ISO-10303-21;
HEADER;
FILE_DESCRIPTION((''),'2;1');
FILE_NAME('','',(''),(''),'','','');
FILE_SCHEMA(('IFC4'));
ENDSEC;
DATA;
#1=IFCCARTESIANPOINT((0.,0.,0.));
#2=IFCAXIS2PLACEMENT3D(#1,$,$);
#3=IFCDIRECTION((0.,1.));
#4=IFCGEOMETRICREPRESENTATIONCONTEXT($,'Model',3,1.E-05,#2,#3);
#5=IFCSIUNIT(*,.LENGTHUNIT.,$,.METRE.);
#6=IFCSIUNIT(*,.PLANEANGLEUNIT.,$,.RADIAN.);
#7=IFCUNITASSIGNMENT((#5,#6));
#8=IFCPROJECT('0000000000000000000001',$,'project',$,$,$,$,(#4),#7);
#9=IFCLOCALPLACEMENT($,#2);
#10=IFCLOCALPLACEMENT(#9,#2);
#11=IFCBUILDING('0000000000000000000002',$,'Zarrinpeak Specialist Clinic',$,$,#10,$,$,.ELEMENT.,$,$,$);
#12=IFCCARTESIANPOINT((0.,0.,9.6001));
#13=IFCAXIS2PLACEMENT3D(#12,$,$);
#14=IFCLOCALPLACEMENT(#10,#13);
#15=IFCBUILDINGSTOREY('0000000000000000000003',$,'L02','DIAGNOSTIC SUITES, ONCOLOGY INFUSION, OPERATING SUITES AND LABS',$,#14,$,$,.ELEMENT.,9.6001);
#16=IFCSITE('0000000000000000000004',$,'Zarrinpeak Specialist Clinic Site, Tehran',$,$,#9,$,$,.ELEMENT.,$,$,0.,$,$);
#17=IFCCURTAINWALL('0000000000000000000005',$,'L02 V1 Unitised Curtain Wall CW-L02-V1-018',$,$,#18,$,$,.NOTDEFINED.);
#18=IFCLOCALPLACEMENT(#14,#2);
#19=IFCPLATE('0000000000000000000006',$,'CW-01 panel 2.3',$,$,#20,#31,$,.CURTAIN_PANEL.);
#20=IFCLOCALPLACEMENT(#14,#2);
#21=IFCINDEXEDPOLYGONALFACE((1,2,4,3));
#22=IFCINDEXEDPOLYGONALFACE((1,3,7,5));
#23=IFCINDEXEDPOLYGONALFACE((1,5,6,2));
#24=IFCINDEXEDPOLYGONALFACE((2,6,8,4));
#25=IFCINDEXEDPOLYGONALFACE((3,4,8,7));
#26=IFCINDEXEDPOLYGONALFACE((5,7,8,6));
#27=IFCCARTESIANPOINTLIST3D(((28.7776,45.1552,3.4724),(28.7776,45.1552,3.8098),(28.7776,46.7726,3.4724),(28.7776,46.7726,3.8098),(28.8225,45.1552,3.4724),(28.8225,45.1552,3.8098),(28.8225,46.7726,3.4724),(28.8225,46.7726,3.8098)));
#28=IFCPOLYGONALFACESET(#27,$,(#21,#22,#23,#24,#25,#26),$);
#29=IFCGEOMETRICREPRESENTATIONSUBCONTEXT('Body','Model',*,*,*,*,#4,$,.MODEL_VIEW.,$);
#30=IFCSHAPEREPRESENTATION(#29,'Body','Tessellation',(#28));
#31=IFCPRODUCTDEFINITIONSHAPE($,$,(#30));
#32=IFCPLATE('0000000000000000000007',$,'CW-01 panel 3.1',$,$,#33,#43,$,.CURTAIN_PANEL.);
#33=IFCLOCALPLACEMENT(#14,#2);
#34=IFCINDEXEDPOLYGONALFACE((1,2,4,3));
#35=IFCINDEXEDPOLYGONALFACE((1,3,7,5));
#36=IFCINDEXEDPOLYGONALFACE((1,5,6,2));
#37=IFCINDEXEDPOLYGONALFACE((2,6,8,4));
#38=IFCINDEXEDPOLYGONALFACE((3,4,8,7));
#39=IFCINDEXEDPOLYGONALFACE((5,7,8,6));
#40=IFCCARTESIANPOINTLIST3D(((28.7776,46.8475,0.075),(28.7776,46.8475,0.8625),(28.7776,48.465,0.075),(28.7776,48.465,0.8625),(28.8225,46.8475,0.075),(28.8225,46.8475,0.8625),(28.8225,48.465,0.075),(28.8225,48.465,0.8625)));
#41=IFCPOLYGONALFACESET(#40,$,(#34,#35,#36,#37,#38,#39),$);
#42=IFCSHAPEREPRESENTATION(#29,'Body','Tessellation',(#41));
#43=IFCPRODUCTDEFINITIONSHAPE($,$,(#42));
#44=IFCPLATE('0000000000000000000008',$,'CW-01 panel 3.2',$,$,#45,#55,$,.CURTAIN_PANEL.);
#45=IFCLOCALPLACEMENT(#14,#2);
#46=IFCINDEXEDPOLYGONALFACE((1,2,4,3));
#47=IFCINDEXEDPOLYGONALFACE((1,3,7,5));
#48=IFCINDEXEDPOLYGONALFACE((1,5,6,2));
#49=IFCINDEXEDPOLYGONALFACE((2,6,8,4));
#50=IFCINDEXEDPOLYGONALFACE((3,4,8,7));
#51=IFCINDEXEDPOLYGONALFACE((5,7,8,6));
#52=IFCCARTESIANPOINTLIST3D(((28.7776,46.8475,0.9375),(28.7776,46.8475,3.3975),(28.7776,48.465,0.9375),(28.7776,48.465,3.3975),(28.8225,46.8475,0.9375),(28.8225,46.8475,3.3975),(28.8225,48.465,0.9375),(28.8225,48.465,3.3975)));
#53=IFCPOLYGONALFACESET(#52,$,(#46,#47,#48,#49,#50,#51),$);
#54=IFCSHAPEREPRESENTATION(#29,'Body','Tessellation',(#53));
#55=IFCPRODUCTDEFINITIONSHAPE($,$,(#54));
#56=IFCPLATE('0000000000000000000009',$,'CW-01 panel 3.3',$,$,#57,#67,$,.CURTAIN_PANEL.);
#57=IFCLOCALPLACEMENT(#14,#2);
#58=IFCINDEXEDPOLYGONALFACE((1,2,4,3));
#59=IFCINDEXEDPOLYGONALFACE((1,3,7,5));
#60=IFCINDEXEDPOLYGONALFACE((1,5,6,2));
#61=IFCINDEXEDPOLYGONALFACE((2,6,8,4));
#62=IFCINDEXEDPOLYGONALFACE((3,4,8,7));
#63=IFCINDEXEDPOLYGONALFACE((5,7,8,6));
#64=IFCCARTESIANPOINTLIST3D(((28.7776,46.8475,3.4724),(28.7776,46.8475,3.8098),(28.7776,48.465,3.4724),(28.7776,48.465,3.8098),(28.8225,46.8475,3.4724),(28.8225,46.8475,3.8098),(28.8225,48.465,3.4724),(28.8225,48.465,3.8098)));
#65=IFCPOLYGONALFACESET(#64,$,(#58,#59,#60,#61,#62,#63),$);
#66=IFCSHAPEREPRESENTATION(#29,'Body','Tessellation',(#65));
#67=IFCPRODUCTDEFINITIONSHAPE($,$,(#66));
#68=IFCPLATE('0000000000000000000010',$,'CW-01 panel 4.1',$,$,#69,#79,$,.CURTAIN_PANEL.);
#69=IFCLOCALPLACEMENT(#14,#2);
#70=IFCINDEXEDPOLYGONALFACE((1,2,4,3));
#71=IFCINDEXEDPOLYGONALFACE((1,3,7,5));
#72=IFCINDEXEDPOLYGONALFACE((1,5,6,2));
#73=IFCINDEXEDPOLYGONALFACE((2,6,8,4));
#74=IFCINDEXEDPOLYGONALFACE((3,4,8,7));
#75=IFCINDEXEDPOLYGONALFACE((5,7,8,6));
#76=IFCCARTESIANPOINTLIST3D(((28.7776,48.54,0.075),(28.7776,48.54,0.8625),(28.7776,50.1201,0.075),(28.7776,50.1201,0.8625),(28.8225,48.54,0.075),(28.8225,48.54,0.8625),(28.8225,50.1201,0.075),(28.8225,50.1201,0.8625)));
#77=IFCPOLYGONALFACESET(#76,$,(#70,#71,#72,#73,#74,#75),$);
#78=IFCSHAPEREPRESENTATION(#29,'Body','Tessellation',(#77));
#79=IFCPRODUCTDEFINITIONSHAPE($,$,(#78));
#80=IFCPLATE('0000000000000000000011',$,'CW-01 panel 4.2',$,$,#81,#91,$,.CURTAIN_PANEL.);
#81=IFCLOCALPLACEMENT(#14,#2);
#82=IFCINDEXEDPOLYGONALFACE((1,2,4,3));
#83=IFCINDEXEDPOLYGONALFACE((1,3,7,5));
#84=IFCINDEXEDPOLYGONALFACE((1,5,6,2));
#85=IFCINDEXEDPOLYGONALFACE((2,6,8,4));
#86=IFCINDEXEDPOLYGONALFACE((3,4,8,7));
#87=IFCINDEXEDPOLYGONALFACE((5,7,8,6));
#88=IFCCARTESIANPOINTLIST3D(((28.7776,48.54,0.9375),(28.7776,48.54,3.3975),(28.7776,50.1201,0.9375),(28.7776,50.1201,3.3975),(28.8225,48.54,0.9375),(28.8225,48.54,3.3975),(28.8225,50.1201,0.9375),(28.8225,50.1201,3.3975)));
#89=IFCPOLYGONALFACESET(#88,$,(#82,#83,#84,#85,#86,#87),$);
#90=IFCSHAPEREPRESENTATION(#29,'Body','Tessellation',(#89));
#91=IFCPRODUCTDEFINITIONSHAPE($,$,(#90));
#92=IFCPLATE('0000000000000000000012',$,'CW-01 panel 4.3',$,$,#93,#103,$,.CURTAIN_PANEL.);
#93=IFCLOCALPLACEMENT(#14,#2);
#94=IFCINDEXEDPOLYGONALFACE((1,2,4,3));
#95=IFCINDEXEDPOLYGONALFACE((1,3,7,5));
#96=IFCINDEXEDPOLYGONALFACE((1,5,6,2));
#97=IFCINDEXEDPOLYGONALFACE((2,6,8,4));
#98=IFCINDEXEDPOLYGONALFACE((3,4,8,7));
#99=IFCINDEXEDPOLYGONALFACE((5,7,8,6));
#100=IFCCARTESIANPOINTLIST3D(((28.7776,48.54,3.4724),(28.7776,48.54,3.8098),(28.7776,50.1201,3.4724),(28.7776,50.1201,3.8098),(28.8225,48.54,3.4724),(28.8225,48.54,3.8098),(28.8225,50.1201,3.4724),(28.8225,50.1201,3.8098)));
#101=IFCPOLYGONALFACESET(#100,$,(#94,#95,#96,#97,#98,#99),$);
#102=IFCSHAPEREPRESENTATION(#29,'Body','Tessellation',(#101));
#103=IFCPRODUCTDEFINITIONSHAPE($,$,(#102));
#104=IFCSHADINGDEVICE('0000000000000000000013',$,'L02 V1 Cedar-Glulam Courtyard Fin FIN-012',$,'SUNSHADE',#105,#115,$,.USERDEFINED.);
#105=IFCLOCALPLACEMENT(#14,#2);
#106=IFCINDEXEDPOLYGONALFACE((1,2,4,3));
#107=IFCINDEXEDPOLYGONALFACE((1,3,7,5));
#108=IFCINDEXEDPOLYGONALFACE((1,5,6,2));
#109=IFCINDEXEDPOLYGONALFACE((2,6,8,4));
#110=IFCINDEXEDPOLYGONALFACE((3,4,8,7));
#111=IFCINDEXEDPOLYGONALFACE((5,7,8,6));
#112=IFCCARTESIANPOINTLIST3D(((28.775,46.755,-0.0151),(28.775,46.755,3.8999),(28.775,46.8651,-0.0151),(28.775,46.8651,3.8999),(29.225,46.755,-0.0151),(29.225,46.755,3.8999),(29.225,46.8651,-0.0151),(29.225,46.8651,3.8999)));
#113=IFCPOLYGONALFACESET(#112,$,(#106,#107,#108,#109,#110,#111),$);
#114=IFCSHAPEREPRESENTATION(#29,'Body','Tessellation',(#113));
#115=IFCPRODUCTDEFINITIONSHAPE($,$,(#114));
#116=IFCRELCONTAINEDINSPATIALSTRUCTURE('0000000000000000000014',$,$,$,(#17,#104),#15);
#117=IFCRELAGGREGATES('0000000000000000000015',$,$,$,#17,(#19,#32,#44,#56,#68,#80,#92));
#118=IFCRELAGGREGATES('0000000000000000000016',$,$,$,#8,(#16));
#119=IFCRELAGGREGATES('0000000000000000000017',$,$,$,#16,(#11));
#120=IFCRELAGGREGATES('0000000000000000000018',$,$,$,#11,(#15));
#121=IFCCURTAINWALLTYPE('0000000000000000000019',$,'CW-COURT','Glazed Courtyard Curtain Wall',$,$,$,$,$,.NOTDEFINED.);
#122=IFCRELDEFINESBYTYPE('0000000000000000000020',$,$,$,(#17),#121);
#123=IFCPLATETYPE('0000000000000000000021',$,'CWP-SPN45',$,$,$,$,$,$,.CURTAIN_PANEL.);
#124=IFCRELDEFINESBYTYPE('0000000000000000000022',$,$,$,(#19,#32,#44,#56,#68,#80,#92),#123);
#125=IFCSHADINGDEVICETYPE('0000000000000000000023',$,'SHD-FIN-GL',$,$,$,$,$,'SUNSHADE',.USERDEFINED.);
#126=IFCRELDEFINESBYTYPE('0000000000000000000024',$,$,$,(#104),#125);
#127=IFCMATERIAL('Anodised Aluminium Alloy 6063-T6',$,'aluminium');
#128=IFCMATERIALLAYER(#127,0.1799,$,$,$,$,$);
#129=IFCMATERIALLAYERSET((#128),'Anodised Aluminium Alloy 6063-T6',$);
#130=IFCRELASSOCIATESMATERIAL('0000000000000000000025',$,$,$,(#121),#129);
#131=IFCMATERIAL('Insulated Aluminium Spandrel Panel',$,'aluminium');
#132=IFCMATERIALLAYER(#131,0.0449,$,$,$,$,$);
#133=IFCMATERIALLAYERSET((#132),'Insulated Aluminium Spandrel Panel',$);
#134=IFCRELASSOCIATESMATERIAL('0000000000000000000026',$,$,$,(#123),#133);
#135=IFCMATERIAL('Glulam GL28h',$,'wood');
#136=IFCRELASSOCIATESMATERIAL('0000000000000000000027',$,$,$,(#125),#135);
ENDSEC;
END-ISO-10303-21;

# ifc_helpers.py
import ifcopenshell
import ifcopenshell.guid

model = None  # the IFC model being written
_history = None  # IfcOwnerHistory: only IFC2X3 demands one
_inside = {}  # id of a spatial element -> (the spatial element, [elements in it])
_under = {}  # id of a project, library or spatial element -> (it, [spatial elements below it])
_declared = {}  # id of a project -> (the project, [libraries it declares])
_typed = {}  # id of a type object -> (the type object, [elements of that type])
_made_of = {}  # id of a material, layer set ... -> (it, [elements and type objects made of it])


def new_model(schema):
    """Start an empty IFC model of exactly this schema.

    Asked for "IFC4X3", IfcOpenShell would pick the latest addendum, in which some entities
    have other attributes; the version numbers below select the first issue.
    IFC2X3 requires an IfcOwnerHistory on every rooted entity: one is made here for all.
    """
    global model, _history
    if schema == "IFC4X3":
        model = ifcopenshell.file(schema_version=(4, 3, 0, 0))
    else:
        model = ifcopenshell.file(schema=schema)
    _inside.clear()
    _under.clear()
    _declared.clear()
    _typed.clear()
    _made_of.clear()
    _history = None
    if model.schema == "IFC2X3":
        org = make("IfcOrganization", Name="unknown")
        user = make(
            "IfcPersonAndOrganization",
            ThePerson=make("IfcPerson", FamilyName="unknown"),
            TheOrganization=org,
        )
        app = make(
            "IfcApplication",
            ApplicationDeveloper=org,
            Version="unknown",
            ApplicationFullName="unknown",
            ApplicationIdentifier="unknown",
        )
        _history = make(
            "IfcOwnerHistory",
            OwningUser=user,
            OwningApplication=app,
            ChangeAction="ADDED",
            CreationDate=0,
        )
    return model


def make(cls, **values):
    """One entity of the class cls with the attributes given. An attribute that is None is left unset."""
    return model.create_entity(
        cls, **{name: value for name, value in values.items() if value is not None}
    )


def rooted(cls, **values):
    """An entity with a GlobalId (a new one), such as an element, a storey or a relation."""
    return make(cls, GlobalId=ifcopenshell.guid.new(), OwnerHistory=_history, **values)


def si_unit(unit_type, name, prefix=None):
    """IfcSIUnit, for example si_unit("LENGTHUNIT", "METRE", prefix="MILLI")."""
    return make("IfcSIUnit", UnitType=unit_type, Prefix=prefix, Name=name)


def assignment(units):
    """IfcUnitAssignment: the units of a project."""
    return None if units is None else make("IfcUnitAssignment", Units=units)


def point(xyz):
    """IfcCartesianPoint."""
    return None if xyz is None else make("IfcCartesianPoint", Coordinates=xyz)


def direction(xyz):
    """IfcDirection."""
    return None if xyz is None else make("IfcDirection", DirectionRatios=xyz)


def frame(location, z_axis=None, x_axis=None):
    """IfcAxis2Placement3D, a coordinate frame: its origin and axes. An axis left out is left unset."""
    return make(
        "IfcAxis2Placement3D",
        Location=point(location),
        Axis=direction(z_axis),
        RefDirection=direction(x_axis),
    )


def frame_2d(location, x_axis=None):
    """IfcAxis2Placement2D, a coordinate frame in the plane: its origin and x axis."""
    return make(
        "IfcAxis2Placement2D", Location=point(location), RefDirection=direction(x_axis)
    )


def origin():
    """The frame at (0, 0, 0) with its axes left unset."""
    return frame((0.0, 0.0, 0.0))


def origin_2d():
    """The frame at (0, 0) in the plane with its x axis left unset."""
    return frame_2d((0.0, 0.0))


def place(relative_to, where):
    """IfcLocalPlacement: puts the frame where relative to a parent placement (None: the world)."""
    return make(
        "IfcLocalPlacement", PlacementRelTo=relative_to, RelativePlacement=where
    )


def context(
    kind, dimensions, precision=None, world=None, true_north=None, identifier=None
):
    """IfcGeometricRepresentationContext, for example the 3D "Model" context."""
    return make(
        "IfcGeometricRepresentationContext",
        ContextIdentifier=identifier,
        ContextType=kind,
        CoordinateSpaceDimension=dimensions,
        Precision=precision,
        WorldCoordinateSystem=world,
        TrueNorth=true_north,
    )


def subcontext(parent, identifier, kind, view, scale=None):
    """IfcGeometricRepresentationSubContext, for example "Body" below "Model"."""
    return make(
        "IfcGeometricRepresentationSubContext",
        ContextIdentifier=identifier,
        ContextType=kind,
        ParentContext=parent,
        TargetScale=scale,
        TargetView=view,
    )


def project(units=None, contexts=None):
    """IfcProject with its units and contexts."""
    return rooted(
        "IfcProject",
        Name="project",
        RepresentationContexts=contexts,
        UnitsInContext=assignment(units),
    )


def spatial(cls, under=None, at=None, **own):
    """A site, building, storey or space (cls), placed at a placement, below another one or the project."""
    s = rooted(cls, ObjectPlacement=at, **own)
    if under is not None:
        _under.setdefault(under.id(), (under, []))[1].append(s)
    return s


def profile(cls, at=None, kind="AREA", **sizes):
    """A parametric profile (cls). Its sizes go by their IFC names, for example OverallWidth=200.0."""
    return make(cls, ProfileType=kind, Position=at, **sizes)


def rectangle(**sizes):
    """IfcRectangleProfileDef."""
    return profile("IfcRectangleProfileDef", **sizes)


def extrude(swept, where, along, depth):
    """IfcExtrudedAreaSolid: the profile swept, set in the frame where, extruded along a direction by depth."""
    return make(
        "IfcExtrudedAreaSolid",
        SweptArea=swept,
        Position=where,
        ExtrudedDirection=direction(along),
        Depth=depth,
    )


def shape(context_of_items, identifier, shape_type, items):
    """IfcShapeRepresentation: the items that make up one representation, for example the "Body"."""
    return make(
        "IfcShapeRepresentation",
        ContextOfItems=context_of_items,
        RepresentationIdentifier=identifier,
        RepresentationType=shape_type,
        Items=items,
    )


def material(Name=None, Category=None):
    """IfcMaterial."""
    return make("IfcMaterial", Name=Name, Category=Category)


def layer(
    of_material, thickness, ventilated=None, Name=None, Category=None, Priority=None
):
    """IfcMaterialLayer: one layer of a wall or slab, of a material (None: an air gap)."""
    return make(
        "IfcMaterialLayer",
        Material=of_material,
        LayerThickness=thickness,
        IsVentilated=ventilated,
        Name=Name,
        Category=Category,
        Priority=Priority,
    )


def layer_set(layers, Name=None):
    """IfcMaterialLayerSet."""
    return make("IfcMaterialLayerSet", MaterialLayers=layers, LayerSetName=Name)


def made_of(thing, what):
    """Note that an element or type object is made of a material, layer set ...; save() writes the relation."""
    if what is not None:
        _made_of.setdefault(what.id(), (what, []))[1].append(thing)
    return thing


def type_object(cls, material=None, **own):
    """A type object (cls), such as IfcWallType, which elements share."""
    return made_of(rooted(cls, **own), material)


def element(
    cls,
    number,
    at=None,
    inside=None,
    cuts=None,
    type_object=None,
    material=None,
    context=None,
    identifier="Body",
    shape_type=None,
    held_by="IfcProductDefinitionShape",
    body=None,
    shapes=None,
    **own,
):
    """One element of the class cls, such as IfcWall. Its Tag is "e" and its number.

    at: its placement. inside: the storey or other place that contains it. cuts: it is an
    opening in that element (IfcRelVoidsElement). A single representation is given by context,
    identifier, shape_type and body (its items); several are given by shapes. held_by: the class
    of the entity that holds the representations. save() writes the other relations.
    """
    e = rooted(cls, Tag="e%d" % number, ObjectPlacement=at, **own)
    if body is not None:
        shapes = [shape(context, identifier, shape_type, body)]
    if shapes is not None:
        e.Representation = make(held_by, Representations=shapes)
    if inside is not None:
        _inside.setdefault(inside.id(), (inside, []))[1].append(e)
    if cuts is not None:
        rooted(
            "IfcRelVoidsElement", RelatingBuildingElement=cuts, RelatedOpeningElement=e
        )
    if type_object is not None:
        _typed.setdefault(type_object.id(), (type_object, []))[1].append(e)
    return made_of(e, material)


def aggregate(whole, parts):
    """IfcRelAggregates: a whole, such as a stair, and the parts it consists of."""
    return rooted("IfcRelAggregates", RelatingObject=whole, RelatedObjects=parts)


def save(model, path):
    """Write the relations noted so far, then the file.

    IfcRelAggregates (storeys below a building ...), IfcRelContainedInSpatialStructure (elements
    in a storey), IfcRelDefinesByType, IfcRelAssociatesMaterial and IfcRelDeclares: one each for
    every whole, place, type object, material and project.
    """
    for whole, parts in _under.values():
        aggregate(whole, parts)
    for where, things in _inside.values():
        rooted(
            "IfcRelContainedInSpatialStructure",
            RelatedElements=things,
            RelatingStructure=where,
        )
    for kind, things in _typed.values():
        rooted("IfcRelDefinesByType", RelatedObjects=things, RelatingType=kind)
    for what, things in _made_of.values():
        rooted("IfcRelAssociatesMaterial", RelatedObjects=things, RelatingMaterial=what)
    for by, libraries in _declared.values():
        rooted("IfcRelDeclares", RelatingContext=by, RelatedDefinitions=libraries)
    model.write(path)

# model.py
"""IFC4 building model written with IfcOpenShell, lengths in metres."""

from ifc_helpers import new_model, si_unit, direction, frame, origin, origin_2d, place, context, subcontext, project, spatial, rectangle, extrude, material, layer, layer_set, type_object, element, aggregate, save


model = new_model("IFC4")

# Units and contexts
model_context = context("Model", 3, precision=1e-05, world=origin(), true_north=direction((0.0, 1.0)))
body_context = subcontext(model_context, "Body", "Model", "MODEL_VIEW")
ifc_project = project(units=[si_unit("LENGTHUNIT", "METRE"), si_unit("PLANEANGLEUNIT", "RADIAN")], contexts=[model_context])

# Site, building, storey
site_placement = place(None, origin())
site = spatial("IfcSite", under=ifc_project, at=site_placement, Name="Zarrinpeak Specialist Clinic Site, Tehran", CompositionType="ELEMENT", RefElevation=0.0)
building_placement = place(site_placement, origin())
building = spatial("IfcBuilding", under=site, at=building_placement, Name="Zarrinpeak Specialist Clinic", CompositionType="ELEMENT")
storey_placement = place(building_placement, frame((0.0, 0.0, 9.6001)))
storey = spatial("IfcBuildingStorey", under=building, at=storey_placement, Name="L02", Description="DIAGNOSTIC SUITES, ONCOLOGY INFUSION, OPERATING SUITES AND LABS", CompositionType="ELEMENT", Elevation=9.6001)

# Curtain wall, plates
ifc_material_1 = material(Name="Anodised Aluminium Alloy 6063-T6", Category="aluminium")
ifc_layer_1 = layer(ifc_material_1, 0.1799)
ifc_layer_set_1 = layer_set([ifc_layer_1], Name="Anodised Aluminium Alloy 6063-T6")
curtain_wall_type = type_object("IfcCurtainWallType", Name="CW-COURT", Description="Glazed Courtyard Curtain Wall", PredefinedType="NOTDEFINED", material=ifc_layer_set_1)
curtain_wall_placement = place(storey_placement, origin())
curtain_wall = element("IfcCurtainWall", 1, at=curtain_wall_placement, inside=storey, type_object=curtain_wall_type, Name="L02 V1 Unitised Curtain Wall CW-L02-V1-018", PredefinedType="NOTDEFINED")
ifc_material_2 = material(Name="Insulated Aluminium Spandrel Panel", Category="aluminium")
ifc_layer_2 = layer(ifc_material_2, 0.0449)
ifc_layer_set_2 = layer_set([ifc_layer_2], Name="Insulated Aluminium Spandrel Panel")
plate_type = type_object("IfcPlateType", Name="CWP-SPN45", PredefinedType="CURTAIN_PANEL", material=ifc_layer_set_2)
plate_1_placement = place(storey_placement, frame((28.8, 45.9639, 3.4724), z_axis=(0.0, 0.0, 1.0), x_axis=(0.0, 1.0, 0.0)))
plate_1 = element("IfcPlate", 2, at=plate_1_placement, type_object=plate_type, Name="CW-01 panel 2.3", PredefinedType="CURTAIN_PANEL", context=body_context, shape_type="SweptSolid", body=[
    extrude(rectangle(XDim=1.6174, YDim=0.0449, at=origin_2d()), origin(), (0.0, 0.0, 1.0), 0.3374),
])
plate_2_placement = place(storey_placement, frame((28.8, 47.6562, 0.075), z_axis=(0.0, 0.0, 1.0), x_axis=(0.0, 1.0, 0.0)))
plate_2 = element("IfcPlate", 3, at=plate_2_placement, type_object=plate_type, Name="CW-01 panel 3.1", PredefinedType="CURTAIN_PANEL", context=body_context, shape_type="SweptSolid", body=[
    extrude(rectangle(XDim=1.6174, YDim=0.0449, at=origin_2d()), origin(), (0.0, 0.0, 1.0), 0.7876),
])
plate_3_placement = place(storey_placement, frame((28.8, 47.6562, 0.9375), z_axis=(0.0, 0.0, 1.0), x_axis=(0.0, 1.0, 0.0)))
plate_3 = element("IfcPlate", 4, at=plate_3_placement, type_object=plate_type, Name="CW-01 panel 3.2", PredefinedType="CURTAIN_PANEL", context=body_context, shape_type="SweptSolid", body=[
    extrude(rectangle(XDim=1.6174, YDim=0.0449, at=origin_2d()), origin(), (0.0, 0.0, 1.0), 2.46),
])
plate_4_placement = place(storey_placement, frame((28.8, 47.6562, 3.4724), z_axis=(0.0, 0.0, 1.0), x_axis=(0.0, 1.0, 0.0)))
plate_4 = element("IfcPlate", 5, at=plate_4_placement, type_object=plate_type, Name="CW-01 panel 3.3", PredefinedType="CURTAIN_PANEL", context=body_context, shape_type="SweptSolid", body=[
    extrude(rectangle(XDim=1.6174, YDim=0.0449, at=origin_2d()), origin(), (0.0, 0.0, 1.0), 0.3374),
])
plate_5_placement = place(storey_placement, frame((28.8, 49.3301, 0.075), z_axis=(0.0, 0.0, 1.0), x_axis=(0.0, 1.0, 0.0)))
plate_5 = element("IfcPlate", 6, at=plate_5_placement, type_object=plate_type, Name="CW-01 panel 4.1", PredefinedType="CURTAIN_PANEL", context=body_context, shape_type="SweptSolid", body=[
    extrude(rectangle(XDim=1.5801, YDim=0.0449, at=origin_2d()), origin(), (0.0, 0.0, 1.0), 0.7876),
])
plate_6_placement = place(storey_placement, frame((28.8, 49.3301, 0.9375), z_axis=(0.0, 0.0, 1.0), x_axis=(0.0, 1.0, 0.0)))
plate_6 = element("IfcPlate", 7, at=plate_6_placement, type_object=plate_type, Name="CW-01 panel 4.2", PredefinedType="CURTAIN_PANEL", context=body_context, shape_type="SweptSolid", body=[
    extrude(rectangle(XDim=1.5801, YDim=0.0449, at=origin_2d()), origin(), (0.0, 0.0, 1.0), 2.46),
])
plate_7_placement = place(storey_placement, frame((28.8, 49.3301, 3.4724), z_axis=(0.0, 0.0, 1.0), x_axis=(0.0, 1.0, 0.0)))
plate_7 = element("IfcPlate", 8, at=plate_7_placement, type_object=plate_type, Name="CW-01 panel 4.3", PredefinedType="CURTAIN_PANEL", context=body_context, shape_type="SweptSolid", body=[
    extrude(rectangle(XDim=1.5801, YDim=0.0449, at=origin_2d()), origin(), (0.0, 0.0, 1.0), 0.3374),
])
aggregate(curtain_wall, [plate_1, plate_2, plate_3, plate_4, plate_5, plate_6, plate_7])

# Shading device
ifc_material_3 = material(Name="Glulam GL28h", Category="wood")
shading_device_type = type_object("IfcShadingDeviceType", Name="SHD-FIN-GL", ElementType="SUNSHADE", PredefinedType="USERDEFINED", material=ifc_material_3)
shading_device_placement = place(storey_placement, frame((29.0, 46.8101, -0.0151), z_axis=(0.0, 0.0, 1.0), x_axis=(1.0, 0.0, 0.0)))
element("IfcShadingDevice", 9, at=shading_device_placement, inside=storey, type_object=shading_device_type, Name="L02 V1 Cedar-Glulam Courtyard Fin FIN-012", ObjectType="SUNSHADE", PredefinedType="USERDEFINED", context=body_context, shape_type="SweptSolid", body=[
    extrude(rectangle(XDim=0.45, YDim=0.1101, at=origin_2d()), origin(), (0.0, 0.0, 1.0), 3.915),
])

save(model, "model.ifc")
